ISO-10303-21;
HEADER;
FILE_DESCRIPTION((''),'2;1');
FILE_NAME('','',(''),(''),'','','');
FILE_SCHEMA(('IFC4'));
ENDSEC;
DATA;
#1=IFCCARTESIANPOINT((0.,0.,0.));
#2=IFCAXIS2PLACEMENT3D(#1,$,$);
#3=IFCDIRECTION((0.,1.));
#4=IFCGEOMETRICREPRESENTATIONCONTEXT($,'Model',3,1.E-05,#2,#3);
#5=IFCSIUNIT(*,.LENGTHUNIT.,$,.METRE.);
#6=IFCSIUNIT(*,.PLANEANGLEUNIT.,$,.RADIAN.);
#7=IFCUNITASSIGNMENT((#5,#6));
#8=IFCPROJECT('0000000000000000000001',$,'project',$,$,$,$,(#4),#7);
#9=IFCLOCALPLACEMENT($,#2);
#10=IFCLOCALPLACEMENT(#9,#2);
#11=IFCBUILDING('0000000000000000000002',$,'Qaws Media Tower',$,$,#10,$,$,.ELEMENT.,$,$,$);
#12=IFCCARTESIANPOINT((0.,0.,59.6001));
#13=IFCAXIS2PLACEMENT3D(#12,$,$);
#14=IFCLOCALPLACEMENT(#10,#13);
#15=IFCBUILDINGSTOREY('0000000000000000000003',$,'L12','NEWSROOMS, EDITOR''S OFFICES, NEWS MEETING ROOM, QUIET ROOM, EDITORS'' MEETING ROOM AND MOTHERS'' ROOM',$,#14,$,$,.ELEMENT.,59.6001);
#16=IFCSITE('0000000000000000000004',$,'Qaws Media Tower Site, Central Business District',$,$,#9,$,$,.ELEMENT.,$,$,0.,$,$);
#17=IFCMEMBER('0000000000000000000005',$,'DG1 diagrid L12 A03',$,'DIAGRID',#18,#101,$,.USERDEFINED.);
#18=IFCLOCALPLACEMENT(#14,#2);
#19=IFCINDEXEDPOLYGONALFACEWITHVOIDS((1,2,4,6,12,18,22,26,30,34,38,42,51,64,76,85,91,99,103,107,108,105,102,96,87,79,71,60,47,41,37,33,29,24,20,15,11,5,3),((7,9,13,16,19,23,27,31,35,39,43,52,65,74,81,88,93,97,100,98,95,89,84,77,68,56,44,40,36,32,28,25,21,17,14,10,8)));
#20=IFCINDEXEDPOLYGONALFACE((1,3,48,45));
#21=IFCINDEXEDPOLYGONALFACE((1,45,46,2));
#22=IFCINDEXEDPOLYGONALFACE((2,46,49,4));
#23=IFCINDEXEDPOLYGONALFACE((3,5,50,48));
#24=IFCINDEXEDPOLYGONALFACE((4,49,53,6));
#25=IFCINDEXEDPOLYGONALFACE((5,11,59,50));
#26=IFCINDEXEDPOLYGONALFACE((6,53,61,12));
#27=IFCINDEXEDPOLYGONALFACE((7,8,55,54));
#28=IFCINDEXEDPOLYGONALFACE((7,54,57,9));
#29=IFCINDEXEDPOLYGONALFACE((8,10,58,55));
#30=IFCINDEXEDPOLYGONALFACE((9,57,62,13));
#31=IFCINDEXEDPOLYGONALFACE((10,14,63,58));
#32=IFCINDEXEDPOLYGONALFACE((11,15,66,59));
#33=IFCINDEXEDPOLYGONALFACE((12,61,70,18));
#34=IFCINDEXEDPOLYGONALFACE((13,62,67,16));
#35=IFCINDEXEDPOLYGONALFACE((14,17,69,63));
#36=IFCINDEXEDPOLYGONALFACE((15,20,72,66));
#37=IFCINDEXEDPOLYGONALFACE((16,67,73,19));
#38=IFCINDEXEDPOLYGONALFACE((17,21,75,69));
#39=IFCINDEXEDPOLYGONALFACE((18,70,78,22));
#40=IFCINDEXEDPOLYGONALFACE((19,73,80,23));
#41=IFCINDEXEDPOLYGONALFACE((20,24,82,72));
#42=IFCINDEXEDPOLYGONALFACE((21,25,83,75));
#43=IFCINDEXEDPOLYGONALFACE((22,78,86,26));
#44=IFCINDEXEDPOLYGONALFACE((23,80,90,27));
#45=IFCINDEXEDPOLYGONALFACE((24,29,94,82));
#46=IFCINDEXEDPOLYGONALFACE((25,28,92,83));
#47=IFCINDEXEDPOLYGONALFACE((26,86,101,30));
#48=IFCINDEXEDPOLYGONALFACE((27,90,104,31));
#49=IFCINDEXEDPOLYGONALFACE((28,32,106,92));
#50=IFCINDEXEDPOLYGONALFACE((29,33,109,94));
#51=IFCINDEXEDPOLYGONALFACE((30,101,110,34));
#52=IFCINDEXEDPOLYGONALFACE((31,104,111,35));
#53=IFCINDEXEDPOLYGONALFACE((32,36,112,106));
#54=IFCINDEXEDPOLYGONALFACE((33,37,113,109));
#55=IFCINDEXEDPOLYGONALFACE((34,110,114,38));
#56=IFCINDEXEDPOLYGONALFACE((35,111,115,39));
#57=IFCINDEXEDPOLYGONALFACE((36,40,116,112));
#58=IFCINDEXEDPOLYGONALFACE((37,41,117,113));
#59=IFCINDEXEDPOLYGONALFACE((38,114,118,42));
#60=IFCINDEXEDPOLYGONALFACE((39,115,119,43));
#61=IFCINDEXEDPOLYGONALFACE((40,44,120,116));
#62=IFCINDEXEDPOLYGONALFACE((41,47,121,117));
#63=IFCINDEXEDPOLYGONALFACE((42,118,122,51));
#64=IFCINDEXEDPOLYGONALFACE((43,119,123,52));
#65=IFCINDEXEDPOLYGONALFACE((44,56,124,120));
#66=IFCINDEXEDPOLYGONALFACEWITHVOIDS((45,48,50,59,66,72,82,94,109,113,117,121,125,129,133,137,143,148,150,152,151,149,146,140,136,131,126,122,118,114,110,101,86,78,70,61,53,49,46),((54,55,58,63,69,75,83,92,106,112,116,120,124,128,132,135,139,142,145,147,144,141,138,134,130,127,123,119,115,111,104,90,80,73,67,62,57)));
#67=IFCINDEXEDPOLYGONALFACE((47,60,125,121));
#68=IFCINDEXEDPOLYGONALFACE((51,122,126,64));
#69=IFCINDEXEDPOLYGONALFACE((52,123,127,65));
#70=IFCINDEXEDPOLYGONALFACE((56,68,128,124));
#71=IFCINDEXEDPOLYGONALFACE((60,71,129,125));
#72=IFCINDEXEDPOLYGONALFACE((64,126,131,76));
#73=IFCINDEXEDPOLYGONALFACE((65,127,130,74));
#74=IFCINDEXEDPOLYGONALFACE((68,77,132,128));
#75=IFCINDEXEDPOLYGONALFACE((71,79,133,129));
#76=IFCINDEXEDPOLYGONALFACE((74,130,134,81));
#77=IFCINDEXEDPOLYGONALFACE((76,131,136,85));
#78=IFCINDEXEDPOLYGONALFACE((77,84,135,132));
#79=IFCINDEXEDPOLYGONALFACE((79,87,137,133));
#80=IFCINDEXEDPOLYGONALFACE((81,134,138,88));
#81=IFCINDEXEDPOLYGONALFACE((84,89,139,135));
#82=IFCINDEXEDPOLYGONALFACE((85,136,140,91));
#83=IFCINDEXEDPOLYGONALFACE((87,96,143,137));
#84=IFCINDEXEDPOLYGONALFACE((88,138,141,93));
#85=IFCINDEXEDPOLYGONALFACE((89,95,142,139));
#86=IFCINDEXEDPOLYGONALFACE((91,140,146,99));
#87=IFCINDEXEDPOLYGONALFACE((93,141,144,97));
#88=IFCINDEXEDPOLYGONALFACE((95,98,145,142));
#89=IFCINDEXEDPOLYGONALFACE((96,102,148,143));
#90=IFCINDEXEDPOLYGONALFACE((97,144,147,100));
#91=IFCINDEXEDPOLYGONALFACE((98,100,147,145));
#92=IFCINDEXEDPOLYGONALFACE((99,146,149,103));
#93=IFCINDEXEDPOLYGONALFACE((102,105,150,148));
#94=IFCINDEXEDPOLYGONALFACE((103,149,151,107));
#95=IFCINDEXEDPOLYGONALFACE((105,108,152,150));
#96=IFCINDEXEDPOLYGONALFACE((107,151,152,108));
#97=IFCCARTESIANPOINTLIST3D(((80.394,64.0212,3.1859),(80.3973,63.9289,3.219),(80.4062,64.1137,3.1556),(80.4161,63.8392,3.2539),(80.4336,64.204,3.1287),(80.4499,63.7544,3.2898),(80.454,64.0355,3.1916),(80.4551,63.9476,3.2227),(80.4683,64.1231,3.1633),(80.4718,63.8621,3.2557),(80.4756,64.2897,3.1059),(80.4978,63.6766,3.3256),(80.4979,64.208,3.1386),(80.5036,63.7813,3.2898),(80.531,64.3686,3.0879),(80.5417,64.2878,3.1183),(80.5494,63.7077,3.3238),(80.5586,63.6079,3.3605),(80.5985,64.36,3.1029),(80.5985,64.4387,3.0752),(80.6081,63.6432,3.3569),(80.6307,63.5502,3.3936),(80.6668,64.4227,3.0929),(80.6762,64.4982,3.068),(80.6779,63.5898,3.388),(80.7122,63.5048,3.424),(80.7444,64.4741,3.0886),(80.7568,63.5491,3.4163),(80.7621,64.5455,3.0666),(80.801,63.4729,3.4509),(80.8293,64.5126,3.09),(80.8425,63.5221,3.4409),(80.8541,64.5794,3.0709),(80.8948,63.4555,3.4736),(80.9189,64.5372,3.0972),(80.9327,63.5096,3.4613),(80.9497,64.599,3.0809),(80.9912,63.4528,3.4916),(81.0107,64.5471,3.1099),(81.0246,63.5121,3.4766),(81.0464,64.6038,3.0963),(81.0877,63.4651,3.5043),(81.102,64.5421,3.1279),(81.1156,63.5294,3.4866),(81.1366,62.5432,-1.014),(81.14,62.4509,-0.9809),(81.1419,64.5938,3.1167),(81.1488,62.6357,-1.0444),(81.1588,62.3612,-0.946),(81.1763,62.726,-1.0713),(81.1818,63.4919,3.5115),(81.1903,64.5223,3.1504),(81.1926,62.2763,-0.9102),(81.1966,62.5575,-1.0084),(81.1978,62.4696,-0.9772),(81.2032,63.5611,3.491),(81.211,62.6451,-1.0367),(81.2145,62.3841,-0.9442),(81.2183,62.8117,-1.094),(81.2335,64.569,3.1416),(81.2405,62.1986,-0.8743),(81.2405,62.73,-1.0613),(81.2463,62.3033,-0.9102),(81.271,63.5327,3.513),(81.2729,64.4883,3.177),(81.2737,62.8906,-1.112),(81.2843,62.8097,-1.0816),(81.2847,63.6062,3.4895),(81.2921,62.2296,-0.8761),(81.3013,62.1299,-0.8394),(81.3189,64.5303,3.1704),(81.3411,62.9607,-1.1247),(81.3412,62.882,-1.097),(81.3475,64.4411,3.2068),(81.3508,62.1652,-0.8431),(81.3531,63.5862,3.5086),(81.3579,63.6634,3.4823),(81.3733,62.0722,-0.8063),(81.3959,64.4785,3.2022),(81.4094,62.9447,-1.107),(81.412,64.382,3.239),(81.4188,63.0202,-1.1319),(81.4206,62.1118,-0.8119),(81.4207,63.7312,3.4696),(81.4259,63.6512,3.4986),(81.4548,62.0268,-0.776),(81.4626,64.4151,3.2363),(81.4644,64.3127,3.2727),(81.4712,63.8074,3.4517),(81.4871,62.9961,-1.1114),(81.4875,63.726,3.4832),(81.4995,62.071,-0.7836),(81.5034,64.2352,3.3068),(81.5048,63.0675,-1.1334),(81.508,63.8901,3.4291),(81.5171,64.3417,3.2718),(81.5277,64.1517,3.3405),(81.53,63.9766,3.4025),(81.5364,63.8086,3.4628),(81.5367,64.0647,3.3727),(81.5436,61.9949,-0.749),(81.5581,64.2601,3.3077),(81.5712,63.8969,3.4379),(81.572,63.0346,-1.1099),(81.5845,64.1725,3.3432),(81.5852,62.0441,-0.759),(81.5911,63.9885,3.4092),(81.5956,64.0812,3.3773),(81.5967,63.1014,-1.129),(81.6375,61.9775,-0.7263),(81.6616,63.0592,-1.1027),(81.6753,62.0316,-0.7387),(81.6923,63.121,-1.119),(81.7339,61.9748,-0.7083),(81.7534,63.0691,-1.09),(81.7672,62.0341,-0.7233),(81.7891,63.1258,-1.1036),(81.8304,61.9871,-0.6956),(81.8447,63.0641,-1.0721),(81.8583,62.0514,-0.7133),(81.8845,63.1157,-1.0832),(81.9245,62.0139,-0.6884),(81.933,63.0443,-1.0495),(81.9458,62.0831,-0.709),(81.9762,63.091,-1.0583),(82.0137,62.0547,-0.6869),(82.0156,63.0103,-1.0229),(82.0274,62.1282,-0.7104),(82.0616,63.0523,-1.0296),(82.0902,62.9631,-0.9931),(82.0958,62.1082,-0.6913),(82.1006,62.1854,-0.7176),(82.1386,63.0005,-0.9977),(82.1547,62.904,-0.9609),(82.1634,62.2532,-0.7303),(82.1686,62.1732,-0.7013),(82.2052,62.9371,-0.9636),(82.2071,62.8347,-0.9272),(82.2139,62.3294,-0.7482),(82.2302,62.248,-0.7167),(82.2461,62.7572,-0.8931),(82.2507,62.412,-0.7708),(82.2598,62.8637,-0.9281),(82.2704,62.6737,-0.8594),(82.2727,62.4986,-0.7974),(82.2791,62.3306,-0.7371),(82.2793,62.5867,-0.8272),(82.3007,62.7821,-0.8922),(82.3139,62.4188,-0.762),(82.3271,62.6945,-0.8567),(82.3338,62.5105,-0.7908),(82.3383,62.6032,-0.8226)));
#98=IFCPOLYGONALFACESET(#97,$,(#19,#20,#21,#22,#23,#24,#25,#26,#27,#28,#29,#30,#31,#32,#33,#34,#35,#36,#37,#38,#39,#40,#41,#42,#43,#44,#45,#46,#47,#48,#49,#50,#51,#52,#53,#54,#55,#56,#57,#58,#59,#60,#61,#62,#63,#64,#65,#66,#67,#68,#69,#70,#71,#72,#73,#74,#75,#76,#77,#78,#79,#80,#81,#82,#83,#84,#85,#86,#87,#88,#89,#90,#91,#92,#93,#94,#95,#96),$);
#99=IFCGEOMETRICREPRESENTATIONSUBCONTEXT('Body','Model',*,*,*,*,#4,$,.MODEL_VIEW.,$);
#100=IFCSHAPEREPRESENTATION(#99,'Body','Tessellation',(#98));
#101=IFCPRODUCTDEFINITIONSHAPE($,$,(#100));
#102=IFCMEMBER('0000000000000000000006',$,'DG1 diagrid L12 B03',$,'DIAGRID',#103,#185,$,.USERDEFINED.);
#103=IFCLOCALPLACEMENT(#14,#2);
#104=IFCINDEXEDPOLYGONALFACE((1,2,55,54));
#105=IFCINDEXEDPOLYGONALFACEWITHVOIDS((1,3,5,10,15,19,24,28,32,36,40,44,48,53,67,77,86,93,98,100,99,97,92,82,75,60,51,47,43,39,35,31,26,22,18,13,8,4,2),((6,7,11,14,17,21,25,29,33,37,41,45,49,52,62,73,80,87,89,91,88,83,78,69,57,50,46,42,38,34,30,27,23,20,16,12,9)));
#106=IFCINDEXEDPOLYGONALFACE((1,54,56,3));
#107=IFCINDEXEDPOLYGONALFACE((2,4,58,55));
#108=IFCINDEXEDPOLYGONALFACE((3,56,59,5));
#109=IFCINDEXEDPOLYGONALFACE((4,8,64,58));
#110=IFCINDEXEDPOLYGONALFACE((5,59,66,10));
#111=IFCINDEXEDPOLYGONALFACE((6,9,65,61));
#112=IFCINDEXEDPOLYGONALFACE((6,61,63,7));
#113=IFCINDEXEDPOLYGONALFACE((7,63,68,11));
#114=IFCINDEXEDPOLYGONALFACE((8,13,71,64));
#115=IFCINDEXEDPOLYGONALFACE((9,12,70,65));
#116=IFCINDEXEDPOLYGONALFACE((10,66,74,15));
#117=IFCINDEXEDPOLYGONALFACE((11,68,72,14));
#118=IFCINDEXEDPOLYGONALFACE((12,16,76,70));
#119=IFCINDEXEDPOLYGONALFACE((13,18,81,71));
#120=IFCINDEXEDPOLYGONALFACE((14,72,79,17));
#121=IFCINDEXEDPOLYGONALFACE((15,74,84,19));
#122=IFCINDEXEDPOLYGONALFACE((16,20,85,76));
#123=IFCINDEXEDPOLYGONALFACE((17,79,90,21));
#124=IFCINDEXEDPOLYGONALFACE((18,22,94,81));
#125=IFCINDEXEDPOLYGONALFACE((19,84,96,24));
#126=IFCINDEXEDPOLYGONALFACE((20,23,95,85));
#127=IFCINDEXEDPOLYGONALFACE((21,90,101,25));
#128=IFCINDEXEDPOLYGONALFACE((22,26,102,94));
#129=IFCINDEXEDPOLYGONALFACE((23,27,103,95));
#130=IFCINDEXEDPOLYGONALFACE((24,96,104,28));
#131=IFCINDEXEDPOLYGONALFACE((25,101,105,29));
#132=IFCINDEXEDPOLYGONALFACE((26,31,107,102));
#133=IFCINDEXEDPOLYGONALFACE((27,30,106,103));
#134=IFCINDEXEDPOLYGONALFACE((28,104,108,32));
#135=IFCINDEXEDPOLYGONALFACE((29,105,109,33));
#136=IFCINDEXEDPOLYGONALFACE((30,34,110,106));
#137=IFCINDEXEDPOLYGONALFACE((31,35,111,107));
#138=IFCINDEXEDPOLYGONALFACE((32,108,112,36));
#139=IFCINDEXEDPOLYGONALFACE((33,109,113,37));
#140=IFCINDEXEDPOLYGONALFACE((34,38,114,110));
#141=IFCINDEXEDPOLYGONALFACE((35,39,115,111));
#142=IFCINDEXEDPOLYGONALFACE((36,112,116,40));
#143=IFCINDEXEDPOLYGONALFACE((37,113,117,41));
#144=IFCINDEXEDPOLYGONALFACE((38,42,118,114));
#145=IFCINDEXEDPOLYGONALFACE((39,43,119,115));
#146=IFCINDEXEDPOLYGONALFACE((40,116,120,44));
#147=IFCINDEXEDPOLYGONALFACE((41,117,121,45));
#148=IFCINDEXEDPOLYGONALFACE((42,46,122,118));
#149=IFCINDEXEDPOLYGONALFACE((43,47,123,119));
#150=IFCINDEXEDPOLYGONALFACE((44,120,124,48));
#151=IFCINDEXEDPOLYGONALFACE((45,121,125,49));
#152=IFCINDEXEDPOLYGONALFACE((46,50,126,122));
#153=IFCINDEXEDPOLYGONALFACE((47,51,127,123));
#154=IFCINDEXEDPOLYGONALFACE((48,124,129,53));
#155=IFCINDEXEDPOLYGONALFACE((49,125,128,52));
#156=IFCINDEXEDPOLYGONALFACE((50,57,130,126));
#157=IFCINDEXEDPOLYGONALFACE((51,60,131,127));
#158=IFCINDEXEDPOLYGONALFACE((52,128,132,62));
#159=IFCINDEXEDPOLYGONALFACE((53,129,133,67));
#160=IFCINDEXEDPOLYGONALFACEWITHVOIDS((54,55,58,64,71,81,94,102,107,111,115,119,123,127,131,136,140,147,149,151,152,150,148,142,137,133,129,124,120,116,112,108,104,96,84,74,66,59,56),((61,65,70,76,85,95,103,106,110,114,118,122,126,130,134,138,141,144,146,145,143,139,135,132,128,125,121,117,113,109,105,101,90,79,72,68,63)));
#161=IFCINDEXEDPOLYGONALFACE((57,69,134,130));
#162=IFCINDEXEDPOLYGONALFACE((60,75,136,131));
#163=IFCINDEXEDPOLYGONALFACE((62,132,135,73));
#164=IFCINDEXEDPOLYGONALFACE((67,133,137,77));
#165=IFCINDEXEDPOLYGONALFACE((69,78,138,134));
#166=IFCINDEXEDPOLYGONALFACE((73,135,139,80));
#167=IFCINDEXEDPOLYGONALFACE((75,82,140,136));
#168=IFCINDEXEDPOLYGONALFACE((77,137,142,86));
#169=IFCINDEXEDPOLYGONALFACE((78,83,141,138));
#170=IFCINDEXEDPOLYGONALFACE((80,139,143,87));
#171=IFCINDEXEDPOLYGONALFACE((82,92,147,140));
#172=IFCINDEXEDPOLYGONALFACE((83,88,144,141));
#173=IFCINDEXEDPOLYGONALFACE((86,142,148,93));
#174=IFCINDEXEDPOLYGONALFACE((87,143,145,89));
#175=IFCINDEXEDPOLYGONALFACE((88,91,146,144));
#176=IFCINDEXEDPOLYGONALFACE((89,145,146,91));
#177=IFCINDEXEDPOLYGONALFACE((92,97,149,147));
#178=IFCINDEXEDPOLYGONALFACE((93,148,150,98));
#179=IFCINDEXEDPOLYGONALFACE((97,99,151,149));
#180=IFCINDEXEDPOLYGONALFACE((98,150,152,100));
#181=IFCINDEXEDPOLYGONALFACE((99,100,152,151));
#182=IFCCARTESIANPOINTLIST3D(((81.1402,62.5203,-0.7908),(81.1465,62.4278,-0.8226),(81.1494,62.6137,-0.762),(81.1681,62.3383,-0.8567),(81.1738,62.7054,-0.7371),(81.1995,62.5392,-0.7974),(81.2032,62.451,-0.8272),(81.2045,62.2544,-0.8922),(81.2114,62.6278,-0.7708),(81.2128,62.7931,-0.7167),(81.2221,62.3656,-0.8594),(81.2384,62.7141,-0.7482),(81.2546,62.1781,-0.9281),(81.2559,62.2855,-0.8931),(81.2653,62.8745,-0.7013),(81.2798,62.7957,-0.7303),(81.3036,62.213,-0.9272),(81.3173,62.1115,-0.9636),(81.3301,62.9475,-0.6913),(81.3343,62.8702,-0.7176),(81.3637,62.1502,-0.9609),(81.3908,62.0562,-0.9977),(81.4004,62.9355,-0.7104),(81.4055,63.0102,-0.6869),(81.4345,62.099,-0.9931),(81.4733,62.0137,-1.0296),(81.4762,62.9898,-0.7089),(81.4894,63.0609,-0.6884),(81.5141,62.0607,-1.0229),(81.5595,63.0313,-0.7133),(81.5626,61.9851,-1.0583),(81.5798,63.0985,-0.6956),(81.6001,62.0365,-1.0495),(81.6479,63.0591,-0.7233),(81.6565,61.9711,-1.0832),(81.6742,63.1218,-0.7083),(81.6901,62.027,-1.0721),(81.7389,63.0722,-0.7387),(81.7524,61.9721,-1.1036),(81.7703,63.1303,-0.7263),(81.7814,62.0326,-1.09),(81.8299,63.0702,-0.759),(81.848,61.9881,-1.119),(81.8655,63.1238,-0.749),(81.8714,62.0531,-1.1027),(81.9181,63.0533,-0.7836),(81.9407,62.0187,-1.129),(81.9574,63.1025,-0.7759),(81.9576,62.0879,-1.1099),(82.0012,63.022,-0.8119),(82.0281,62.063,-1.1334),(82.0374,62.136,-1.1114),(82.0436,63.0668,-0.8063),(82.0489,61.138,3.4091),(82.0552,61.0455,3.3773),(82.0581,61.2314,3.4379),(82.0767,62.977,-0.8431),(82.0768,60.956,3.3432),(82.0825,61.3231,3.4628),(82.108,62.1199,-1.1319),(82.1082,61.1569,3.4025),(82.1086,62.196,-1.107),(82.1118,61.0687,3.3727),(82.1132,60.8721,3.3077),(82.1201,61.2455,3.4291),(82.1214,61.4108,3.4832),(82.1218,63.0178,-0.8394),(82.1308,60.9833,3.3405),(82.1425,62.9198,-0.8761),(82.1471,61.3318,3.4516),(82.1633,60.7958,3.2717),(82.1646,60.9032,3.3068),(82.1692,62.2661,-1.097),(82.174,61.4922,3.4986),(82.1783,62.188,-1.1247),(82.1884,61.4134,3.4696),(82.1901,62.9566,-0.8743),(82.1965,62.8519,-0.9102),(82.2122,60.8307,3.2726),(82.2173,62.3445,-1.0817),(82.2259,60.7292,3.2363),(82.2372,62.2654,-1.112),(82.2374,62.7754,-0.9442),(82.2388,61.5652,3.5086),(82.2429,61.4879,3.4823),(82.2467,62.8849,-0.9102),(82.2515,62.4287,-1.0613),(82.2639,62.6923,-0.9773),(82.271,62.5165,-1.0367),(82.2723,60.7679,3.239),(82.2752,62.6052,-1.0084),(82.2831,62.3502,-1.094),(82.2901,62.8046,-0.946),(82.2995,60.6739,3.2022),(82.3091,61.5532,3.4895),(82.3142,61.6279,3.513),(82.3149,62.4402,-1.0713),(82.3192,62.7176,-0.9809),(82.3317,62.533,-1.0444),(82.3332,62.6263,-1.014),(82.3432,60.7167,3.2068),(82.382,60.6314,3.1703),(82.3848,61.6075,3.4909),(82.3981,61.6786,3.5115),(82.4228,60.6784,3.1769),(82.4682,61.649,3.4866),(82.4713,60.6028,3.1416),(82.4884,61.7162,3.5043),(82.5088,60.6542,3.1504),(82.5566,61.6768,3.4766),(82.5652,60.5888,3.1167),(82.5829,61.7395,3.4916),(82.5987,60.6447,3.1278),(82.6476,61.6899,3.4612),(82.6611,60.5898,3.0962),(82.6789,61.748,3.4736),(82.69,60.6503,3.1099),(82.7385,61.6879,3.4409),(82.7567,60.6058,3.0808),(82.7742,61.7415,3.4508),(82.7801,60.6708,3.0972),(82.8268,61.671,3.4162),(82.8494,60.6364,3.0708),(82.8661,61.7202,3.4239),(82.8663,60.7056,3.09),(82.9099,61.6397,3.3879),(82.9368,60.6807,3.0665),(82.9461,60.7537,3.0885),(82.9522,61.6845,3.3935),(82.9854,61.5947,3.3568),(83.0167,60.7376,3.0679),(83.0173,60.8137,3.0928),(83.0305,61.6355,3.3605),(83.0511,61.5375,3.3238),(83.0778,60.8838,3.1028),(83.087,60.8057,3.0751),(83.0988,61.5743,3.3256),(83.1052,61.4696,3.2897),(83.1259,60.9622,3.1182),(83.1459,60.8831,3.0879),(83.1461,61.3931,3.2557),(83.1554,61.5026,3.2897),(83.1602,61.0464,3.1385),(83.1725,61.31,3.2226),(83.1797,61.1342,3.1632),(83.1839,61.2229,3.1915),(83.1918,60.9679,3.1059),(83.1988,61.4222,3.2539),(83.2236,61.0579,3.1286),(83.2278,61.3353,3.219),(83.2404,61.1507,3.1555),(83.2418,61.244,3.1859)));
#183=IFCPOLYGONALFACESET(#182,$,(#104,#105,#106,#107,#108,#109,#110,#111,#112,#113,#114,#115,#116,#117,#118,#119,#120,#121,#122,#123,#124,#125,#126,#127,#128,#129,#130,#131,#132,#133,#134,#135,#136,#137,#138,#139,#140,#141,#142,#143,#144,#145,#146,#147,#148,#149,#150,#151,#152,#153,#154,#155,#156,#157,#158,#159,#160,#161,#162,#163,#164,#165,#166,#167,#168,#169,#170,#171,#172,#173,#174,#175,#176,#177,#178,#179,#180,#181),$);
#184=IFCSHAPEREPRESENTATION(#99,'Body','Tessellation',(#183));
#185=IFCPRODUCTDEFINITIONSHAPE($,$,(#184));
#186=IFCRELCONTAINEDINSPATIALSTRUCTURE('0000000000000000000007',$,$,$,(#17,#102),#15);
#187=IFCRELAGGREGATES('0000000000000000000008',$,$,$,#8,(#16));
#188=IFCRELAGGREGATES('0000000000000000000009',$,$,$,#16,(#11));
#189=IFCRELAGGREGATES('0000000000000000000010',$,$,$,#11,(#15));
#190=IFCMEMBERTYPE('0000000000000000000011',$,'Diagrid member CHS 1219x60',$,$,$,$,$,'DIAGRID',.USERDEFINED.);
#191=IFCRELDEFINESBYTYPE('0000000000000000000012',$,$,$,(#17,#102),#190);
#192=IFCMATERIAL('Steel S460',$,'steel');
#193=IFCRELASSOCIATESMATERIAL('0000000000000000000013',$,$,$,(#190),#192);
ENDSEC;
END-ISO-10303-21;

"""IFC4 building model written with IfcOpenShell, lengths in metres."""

from ifc_helpers import new_model, si_unit, direction, frame, origin, origin_2d, place, context, subcontext, project, spatial, hollow_circle, extrude, material, material_profile, profile_set, type_object, element, save


model = new_model("IFC4")

# Units and contexts
model_context = context("Model", 3, precision=1e-05, world=origin(), true_north=direction((0.0, 1.0)))
body_context = subcontext(model_context, "Body", "Model", "MODEL_VIEW")
ifc_project = project(units=[si_unit("LENGTHUNIT", "METRE"), si_unit("PLANEANGLEUNIT", "RADIAN")], contexts=[model_context])

# Site, building, storey
site_placement = place(None, origin())
site = spatial("IfcSite", under=ifc_project, at=site_placement, Name="Qaws Media Tower Site, Central Business District", CompositionType="ELEMENT", RefElevation=0.0)
building_placement = place(site_placement, origin())
building = spatial("IfcBuilding", under=site, at=building_placement, Name="Qaws Media Tower", CompositionType="ELEMENT")
storey_placement = place(building_placement, frame((0.0, 0.0, 59.6001)))
storey = spatial("IfcBuildingStorey", under=building, at=storey_placement, Name="L12", Description="NEWSROOMS, EDITOR'S OFFICES, NEWS MEETING ROOM, QUIET ROOM, EDITORS' MEETING ROOM AND MOTHERS' ROOM", CompositionType="ELEMENT", Elevation=59.6001)

# Members
ifc_material_1 = material(Name="Steel S460", Category="steel")
ifc_material_profile_1 = material_profile(ifc_material_1, hollow_circle(Radius=0.6096, WallThickness=0.0601, at=origin_2d()), Name="CHS 1219x60")
ifc_profile_set_1 = profile_set([ifc_material_profile_1], Name="Steel S460")
member_type_1 = type_object("IfcMemberType", Name="Diagrid member CHS 1219x60", ElementType="DIAGRID", PredefinedType="USERDEFINED", material=ifc_profile_set_1)
for number, where, z_axis, x_axis, name in (
    (1, (81.7373, 62.55, -0.9102), (-0.164529, 0.327436, 0.930439), (-0.89354, -0.448984, 0.0), "DG1 diagrid L12 A03"),
    (2, (81.7373, 62.55, -0.9102), (0.201305, -0.306231, 0.930429), (0.83562, 0.549307, 0.0), "DG1 diagrid L12 B03"),
):
    element("IfcMember", number, at=place(storey_placement, frame(where, z_axis=z_axis, x_axis=x_axis)), inside=storey, type_object=member_type_1, Name=name, ObjectType="DIAGRID", PredefinedType="USERDEFINED", context=body_context, shape_type="SweptSolid", body=[
        extrude(hollow_circle(Radius=0.6096, WallThickness=0.0601, at=origin_2d()), origin(), (0.0, 0.0, 1.0), 4.5139),
    ])

save(model, "model.ifc")
